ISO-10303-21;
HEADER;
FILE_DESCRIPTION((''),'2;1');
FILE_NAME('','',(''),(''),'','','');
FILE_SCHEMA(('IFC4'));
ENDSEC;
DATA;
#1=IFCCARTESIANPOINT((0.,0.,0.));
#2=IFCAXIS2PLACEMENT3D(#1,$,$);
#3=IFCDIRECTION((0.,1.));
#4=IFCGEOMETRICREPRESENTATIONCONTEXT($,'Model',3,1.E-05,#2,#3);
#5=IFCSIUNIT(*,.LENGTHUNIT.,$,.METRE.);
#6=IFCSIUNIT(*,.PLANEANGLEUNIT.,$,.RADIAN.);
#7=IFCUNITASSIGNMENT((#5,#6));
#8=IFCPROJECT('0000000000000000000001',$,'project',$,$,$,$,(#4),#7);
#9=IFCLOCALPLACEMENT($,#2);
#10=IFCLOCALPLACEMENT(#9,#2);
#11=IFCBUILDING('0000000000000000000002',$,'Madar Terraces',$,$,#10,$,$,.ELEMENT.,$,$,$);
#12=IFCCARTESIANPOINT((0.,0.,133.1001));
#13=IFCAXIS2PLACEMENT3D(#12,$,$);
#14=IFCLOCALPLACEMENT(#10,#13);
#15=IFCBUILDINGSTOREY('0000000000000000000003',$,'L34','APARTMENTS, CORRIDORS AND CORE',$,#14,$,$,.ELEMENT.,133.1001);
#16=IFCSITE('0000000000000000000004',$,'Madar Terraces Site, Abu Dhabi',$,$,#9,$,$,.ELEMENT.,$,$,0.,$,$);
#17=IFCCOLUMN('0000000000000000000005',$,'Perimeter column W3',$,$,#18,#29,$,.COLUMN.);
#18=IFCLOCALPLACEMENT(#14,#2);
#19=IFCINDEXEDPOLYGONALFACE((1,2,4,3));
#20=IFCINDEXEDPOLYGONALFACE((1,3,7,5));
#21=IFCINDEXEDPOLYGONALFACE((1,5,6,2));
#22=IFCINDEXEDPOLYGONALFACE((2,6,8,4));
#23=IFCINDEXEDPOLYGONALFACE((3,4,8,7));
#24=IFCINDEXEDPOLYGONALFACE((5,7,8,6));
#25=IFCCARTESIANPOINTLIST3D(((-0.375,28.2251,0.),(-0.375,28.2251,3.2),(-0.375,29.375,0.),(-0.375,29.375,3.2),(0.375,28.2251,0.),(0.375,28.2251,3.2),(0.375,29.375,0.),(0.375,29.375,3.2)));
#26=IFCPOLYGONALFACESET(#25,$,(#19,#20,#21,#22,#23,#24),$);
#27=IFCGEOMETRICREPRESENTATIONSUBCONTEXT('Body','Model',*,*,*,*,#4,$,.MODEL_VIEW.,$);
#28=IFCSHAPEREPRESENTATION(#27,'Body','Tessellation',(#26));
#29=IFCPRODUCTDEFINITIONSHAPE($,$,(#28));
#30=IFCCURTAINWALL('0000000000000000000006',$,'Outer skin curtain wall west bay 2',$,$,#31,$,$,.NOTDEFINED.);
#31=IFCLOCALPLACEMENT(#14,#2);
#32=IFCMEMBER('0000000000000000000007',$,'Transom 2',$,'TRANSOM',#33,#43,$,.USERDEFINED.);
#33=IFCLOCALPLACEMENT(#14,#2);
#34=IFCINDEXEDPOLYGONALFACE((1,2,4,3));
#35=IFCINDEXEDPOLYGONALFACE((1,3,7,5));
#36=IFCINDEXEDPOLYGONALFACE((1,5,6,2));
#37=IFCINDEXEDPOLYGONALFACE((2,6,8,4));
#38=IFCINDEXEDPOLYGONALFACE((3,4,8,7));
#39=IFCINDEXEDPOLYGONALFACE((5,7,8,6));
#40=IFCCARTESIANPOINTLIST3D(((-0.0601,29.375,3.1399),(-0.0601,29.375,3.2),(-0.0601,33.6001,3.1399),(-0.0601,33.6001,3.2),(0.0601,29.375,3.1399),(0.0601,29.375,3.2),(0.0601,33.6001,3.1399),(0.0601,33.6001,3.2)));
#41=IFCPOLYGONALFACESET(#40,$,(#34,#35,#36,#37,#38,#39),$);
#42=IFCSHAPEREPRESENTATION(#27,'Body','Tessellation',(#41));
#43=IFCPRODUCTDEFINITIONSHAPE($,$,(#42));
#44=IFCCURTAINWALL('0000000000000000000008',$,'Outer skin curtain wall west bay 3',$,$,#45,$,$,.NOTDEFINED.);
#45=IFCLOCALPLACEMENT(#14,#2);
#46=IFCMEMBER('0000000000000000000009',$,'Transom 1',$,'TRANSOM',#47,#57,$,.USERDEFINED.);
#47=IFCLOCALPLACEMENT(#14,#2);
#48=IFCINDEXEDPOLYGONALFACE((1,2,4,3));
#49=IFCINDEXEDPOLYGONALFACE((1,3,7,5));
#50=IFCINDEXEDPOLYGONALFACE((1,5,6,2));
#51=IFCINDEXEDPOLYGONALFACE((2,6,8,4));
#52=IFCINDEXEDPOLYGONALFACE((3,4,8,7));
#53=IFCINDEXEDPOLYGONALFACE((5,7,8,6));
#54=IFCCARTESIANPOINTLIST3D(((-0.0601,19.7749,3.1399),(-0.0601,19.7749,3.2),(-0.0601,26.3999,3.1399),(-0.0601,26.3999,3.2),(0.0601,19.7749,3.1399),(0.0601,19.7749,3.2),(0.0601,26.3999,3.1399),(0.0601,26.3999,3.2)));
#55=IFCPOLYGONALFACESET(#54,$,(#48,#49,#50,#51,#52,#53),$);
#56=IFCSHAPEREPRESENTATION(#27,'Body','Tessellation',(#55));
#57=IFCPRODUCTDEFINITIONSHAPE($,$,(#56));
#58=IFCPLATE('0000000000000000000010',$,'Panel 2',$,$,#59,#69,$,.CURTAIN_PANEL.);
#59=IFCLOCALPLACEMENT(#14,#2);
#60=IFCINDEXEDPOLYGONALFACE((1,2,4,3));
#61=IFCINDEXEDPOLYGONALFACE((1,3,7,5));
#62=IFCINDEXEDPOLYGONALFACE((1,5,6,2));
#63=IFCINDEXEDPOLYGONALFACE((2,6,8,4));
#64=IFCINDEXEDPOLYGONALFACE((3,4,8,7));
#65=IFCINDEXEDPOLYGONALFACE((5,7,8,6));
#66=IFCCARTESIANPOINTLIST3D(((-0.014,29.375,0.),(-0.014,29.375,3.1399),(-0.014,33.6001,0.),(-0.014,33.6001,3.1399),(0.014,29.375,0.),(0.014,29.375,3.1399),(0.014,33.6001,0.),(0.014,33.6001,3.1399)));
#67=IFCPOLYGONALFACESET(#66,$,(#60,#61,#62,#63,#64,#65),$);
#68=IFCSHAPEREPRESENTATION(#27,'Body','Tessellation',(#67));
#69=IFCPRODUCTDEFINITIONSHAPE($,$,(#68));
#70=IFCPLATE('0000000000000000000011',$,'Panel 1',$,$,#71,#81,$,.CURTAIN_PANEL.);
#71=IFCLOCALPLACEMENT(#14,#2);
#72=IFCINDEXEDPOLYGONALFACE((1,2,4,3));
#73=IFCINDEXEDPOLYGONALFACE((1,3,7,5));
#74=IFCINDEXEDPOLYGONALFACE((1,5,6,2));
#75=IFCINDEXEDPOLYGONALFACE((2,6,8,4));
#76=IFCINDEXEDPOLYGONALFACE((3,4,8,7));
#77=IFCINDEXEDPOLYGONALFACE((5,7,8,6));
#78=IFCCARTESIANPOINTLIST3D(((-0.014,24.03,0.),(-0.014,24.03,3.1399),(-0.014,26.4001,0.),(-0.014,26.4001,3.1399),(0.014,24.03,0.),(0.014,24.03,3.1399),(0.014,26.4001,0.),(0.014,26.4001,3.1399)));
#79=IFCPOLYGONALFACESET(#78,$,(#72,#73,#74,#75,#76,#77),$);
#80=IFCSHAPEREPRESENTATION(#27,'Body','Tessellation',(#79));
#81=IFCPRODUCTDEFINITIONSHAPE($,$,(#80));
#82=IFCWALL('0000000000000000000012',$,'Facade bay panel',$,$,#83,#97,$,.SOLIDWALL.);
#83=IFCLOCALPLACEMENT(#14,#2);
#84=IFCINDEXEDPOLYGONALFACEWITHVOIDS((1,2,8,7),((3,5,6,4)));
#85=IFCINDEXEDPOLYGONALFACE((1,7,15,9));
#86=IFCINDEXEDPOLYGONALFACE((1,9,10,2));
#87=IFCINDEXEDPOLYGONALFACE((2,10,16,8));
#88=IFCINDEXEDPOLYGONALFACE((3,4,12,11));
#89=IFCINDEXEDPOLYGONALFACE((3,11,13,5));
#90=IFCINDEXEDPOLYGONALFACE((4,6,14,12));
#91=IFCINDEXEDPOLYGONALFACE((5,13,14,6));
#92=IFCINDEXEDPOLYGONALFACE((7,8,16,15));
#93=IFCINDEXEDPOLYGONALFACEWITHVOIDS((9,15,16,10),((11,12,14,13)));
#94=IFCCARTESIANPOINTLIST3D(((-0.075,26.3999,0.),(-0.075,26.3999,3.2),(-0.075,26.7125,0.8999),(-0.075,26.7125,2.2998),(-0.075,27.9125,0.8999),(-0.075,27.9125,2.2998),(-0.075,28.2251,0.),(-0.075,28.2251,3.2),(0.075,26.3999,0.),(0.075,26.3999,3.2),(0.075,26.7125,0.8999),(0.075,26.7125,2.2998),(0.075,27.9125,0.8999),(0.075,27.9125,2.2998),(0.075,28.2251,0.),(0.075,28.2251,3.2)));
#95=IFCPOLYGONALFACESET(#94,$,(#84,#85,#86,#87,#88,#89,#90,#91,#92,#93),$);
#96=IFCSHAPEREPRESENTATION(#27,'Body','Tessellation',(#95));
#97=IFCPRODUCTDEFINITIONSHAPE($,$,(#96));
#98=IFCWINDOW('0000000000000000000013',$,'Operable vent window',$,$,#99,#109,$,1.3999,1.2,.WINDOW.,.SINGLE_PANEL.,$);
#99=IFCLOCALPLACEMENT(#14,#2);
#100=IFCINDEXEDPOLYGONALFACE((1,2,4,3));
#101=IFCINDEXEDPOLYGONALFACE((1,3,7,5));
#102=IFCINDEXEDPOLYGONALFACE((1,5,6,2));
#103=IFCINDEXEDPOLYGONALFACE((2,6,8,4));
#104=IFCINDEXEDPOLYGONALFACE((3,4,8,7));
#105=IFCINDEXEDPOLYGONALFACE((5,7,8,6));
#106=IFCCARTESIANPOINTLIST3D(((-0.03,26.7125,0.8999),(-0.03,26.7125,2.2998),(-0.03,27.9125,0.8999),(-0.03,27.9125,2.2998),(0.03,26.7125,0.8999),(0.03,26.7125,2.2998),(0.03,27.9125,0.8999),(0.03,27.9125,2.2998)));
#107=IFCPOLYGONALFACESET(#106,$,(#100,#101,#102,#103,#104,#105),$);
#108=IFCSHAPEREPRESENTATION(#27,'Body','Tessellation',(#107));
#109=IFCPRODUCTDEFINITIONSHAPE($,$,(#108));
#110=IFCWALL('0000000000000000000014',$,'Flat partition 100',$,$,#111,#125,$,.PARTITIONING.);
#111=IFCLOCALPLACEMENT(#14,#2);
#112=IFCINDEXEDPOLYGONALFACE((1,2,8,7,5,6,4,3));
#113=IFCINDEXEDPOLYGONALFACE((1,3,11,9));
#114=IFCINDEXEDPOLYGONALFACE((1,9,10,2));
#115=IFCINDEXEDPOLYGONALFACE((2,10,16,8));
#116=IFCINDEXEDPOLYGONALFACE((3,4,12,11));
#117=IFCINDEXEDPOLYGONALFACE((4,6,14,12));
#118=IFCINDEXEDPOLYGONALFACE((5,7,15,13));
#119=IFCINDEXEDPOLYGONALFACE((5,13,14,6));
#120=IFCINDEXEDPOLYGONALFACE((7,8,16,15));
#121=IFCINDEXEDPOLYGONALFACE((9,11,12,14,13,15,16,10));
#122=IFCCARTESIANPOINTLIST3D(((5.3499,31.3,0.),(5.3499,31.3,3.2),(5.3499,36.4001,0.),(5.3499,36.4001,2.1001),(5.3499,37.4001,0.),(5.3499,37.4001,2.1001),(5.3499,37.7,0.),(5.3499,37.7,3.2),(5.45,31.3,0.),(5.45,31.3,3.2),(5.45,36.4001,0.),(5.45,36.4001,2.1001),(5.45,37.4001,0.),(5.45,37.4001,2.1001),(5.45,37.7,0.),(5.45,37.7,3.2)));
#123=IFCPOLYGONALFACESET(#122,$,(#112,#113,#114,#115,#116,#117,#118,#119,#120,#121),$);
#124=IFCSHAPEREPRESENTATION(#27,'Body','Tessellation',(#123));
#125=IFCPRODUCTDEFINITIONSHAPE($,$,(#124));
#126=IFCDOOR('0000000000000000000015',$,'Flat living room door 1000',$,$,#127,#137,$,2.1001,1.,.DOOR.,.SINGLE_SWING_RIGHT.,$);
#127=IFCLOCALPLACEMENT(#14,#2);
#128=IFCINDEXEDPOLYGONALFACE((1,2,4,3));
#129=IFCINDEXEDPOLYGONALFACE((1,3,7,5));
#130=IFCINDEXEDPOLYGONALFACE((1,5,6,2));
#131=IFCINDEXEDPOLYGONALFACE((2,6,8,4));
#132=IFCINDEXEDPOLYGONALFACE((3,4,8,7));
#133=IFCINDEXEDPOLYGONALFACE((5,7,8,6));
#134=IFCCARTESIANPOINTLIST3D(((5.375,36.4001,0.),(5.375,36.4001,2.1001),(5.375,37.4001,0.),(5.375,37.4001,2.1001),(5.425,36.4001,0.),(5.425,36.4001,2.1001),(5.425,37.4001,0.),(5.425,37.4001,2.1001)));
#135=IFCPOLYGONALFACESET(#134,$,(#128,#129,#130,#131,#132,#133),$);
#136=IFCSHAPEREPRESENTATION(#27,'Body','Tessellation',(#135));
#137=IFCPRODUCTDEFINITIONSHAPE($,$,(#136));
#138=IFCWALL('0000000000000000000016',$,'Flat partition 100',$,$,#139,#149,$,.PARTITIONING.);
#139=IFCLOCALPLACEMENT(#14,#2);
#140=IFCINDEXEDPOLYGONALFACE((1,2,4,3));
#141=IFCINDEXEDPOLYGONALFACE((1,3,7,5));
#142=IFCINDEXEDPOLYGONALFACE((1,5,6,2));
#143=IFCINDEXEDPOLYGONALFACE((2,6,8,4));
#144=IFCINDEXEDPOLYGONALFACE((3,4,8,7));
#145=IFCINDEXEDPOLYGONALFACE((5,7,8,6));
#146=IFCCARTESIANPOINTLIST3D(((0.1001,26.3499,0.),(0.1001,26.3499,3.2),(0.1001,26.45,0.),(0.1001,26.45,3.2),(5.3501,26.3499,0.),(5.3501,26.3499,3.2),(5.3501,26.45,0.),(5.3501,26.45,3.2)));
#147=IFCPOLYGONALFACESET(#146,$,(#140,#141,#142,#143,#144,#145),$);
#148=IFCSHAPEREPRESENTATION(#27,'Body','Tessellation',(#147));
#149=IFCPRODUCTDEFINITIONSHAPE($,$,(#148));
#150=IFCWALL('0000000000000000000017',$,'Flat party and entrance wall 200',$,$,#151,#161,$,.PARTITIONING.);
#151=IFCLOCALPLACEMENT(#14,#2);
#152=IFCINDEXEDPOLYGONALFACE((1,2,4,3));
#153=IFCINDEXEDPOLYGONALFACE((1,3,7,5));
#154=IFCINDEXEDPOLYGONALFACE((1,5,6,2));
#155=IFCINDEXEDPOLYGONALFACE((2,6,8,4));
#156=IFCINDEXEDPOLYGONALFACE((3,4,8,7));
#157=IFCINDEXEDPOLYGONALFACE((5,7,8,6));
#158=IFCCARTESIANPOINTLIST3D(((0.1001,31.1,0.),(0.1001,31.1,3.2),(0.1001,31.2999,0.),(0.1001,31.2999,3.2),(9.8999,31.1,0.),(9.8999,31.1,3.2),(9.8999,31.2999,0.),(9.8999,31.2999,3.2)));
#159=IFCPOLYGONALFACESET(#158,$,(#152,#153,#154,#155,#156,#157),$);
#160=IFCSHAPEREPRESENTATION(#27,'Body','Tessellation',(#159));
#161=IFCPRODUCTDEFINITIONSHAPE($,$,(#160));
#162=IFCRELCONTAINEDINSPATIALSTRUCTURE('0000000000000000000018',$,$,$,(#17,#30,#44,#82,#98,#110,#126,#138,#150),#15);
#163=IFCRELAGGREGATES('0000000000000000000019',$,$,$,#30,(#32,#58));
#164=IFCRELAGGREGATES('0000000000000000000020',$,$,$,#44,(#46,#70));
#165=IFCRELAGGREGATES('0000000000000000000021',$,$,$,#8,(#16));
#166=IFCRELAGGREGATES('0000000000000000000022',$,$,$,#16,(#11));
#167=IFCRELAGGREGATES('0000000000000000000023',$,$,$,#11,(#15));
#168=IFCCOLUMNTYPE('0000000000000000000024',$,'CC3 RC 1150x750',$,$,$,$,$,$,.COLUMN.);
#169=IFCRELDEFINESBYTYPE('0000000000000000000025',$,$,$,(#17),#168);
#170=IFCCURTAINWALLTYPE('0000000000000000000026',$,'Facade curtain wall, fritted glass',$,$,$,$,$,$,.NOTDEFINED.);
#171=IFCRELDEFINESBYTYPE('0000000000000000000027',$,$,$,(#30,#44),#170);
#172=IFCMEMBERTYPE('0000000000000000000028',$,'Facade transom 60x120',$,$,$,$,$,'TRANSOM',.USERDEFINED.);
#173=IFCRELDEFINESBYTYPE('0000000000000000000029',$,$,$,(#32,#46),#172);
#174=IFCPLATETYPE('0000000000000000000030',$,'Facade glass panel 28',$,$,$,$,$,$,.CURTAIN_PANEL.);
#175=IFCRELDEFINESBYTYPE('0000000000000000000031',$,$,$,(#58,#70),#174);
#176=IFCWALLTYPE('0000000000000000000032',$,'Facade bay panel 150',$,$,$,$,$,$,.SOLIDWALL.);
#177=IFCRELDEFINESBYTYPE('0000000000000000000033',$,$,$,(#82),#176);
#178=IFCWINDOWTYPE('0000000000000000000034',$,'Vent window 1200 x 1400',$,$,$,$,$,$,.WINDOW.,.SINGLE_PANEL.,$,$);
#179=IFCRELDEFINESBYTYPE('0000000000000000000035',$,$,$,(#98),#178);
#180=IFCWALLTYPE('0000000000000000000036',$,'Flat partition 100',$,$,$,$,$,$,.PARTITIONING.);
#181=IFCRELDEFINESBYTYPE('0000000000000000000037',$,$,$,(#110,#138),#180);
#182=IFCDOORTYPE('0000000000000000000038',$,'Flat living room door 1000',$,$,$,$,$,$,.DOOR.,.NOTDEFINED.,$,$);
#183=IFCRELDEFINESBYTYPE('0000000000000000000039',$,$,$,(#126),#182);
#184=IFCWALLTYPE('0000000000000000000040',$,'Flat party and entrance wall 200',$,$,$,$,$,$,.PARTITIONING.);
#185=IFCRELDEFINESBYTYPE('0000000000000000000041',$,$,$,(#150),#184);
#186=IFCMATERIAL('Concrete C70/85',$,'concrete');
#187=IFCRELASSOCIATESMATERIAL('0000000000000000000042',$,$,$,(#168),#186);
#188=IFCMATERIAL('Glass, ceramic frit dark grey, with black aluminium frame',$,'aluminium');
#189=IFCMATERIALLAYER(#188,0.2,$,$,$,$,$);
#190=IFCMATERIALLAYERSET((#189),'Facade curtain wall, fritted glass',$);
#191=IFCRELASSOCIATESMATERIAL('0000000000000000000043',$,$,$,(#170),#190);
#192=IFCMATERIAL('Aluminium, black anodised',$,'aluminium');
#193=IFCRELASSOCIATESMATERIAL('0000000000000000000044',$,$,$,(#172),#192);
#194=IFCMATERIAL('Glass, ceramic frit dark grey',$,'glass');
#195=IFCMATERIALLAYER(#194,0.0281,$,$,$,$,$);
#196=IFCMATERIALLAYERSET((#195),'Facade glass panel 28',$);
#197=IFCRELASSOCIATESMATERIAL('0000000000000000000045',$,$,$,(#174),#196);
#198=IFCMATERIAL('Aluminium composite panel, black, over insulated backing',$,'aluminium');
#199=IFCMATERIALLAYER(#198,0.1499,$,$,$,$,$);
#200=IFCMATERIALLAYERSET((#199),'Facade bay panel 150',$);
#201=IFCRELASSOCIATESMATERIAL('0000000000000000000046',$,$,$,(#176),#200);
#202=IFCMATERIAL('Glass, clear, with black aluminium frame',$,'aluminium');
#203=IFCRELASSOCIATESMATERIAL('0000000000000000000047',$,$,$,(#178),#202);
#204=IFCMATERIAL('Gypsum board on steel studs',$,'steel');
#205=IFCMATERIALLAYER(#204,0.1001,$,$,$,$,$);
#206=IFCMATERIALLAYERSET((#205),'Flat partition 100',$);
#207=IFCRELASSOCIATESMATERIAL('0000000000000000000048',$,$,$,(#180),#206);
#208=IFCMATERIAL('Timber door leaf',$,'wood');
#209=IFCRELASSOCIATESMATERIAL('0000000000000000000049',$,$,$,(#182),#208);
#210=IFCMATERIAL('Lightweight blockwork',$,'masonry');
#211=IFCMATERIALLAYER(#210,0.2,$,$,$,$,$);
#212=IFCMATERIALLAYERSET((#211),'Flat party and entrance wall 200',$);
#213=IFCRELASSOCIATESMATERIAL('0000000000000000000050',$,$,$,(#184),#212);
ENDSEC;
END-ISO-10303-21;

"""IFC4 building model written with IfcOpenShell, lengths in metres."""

from ifc_helpers import new_model, si_unit, direction, frame, frame_2d, origin, origin_2d, place, context, subcontext, project, spatial, rectangle, extrude, material, layer, layer_set, material_profile, profile_set, type_object, element, fill, aggregate, save


model = new_model("IFC4")

# Units and contexts
model_context = context("Model", 3, precision=1e-05, world=origin(), true_north=direction((0.0, 1.0)))
body_context = subcontext(model_context, "Body", "Model", "MODEL_VIEW")
ifc_project = project(units=[si_unit("LENGTHUNIT", "METRE"), si_unit("PLANEANGLEUNIT", "RADIAN")], contexts=[model_context])

# Site, building, storey
site_placement = place(None, origin())
site = spatial("IfcSite", under=ifc_project, at=site_placement, Name="Madar Terraces Site, Abu Dhabi", CompositionType="ELEMENT", RefElevation=0.0)
building_placement = place(site_placement, origin())
building = spatial("IfcBuilding", under=site, at=building_placement, Name="Madar Terraces", CompositionType="ELEMENT")
storey_placement = place(building_placement, frame((0.0, 0.0, 133.1001)))
storey = spatial("IfcBuildingStorey", under=building, at=storey_placement, Name="L34", Description="APARTMENTS, CORRIDORS AND CORE", CompositionType="ELEMENT", Elevation=133.1001)

# Column
ifc_material_1 = material(Name="Concrete C70/85", Category="concrete")
ifc_material_profile_1 = material_profile(ifc_material_1, rectangle(XDim=1.1499, YDim=0.75, at=origin_2d()), Name="CC3 RC 1150x750")
ifc_profile_set_1 = profile_set([ifc_material_profile_1], Name="Concrete C70/85")
column_type = type_object("IfcColumnType", Name="CC3 RC 1150x750", PredefinedType="COLUMN", material=ifc_profile_set_1)
column_placement = place(storey_placement, frame((0.0, 28.8, 0.0), z_axis=(0.0, 0.0, 1.0), x_axis=(0.0, 1.0, 0.0)))
element("IfcColumn", 1, at=column_placement, inside=storey, type_object=column_type, Name="Perimeter column W3", PredefinedType="COLUMN", context=body_context, shape_type="SweptSolid", body=[
    extrude(rectangle(XDim=1.1499, YDim=0.75, at=origin_2d()), origin(), (0.0, 0.0, 1.0), 3.2),
])

# Curtain walls, members
ifc_material_2 = material(Name="Glass, ceramic frit dark grey, with black aluminium frame", Category="aluminium")
ifc_layer_1 = layer(ifc_material_2, 0.2)
ifc_layer_set_1 = layer_set([ifc_layer_1], Name="Facade curtain wall, fritted glass")
curtain_wall_type = type_object("IfcCurtainWallType", Name="Facade curtain wall, fritted glass", PredefinedType="NOTDEFINED", material=ifc_layer_set_1)
curtain_wall_1_placement = place(storey_placement, origin())
curtain_wall_1 = element("IfcCurtainWall", 2, at=curtain_wall_1_placement, inside=storey, type_object=curtain_wall_type, Name="Outer skin curtain wall west bay 2", PredefinedType="NOTDEFINED")
ifc_material_3 = material(Name="Aluminium, black anodised", Category="aluminium")
ifc_material_profile_2 = material_profile(ifc_material_3, rectangle(XDim=0.1201, YDim=0.0601, at=origin_2d()), Name="Facade transom 60x120")
ifc_profile_set_2 = profile_set([ifc_material_profile_2], Name="Aluminium, black anodised")
member_type = type_object("IfcMemberType", Name="Facade transom 60x120", ElementType="TRANSOM", PredefinedType="USERDEFINED", material=ifc_profile_set_2)
member_1_placement = place(storey_placement, frame((0.0, 33.6001, 3.1699), z_axis=(0.0, -1.0, 0.0), x_axis=(1.0, 0.0, 0.0)))
member_1 = element("IfcMember", 3, at=member_1_placement, type_object=member_type, Name="Transom 2", ObjectType="TRANSOM", PredefinedType="USERDEFINED", context=body_context, shape_type="SweptSolid", body=[
    extrude(rectangle(XDim=0.1201, YDim=0.0601, at=origin_2d()), origin(), (0.0, 0.0, 1.0), 4.2251),
])
curtain_wall_2_placement = place(storey_placement, origin())
curtain_wall_2 = element("IfcCurtainWall", 4, at=curtain_wall_2_placement, inside=storey, type_object=curtain_wall_type, Name="Outer skin curtain wall west bay 3", PredefinedType="NOTDEFINED")
member_2_placement = place(storey_placement, frame((0.0, 26.3999, 3.1699), z_axis=(0.0, -1.0, 0.0), x_axis=(1.0, 0.0, 0.0)))
member_2 = element("IfcMember", 5, at=member_2_placement, type_object=member_type, Name="Transom 1", ObjectType="TRANSOM", PredefinedType="USERDEFINED", context=body_context, shape_type="SweptSolid", body=[
    extrude(rectangle(XDim=0.1201, YDim=0.0601, at=origin_2d()), origin(), (0.0, 0.0, 1.0), 6.625),
])

# Plates
ifc_material_4 = material(Name="Glass, ceramic frit dark grey", Category="glass")
ifc_layer_2 = layer(ifc_material_4, 0.0281)
ifc_layer_set_2 = layer_set([ifc_layer_2], Name="Facade glass panel 28")
plate_type = type_object("IfcPlateType", Name="Facade glass panel 28", PredefinedType="CURTAIN_PANEL", material=ifc_layer_set_2)
plate_1_placement = place(storey_placement, frame((0.0, 31.4875, 0.0), z_axis=(0.0, 0.0, 1.0), x_axis=(0.0, -1.0, 0.0)))
plate_1 = element("IfcPlate", 6, at=plate_1_placement, type_object=plate_type, Name="Panel 2", PredefinedType="CURTAIN_PANEL", context=body_context, shape_type="SweptSolid", body=[
    extrude(rectangle(XDim=4.2251, YDim=0.0281, at=origin_2d()), origin(), (0.0, 0.0, 1.0), 3.1399),
])
aggregate(curtain_wall_1, [member_1, plate_1])
plate_2_placement = place(storey_placement, frame((0.0, 25.2151, 0.0), z_axis=(0.0, 0.0, 1.0), x_axis=(0.0, -1.0, 0.0)))
plate_2 = element("IfcPlate", 7, at=plate_2_placement, type_object=plate_type, Name="Panel 1", PredefinedType="CURTAIN_PANEL", context=body_context, shape_type="SweptSolid", body=[
    extrude(rectangle(XDim=2.3701, YDim=0.0281, at=origin_2d()), origin(), (0.0, 0.0, 1.0), 3.1399),
])
aggregate(curtain_wall_2, [member_2, plate_2])

# Wall, opening, window
ifc_material_5 = material(Name="Aluminium composite panel, black, over insulated backing", Category="aluminium")
ifc_layer_3 = layer(ifc_material_5, 0.1499)
ifc_layer_set_3 = layer_set([ifc_layer_3], Name="Facade bay panel 150")
wall_type_1 = type_object("IfcWallType", Name="Facade bay panel 150", PredefinedType="SOLIDWALL", material=ifc_layer_set_3)
wall_1_placement = place(storey_placement, frame((0.0, 28.2251, 0.0), z_axis=(0.0, 0.0, 1.0), x_axis=(0.0, -1.0, 0.0)))
wall_1 = element("IfcWall", 8, at=wall_1_placement, inside=storey, type_object=wall_type_1, Name="Facade bay panel", PredefinedType="SOLIDWALL", context=body_context, shape_type="SweptSolid", body=[
    extrude(rectangle(XDim=1.8252, YDim=0.1499, at=frame_2d((0.9126, 0.0))), origin(), (0.0, 0.0, 1.0), 3.2),
])
opening_1_placement = place(wall_1_placement, frame((0.3125, 0.0, 0.8999)))
opening_1 = element("IfcOpeningElement", 9, at=opening_1_placement, cuts=wall_1, PredefinedType="OPENING", context=body_context, shape_type="SweptSolid", body=[
    extrude(rectangle(XDim=1.2, YDim=1.3999, at=frame_2d((0.6001, 0.7))), frame((0.0, 0.085, 0.0), z_axis=(0.0, -1.0, 0.0), x_axis=(1.0, 0.0, 0.0)), (0.0, 0.0, 1.0), 0.1699),
])
ifc_material_6 = material(Name="Glass, clear, with black aluminium frame", Category="aluminium")
window_type = type_object("IfcWindowType", Name="Vent window 1200 x 1400", PartitioningType="SINGLE_PANEL", PredefinedType="WINDOW", material=ifc_material_6)
window_placement = place(opening_1_placement, origin())
window = element("IfcWindow", 10, at=window_placement, inside=storey, type_object=window_type, Name="Operable vent window", OverallHeight=1.3999, OverallWidth=1.2, PartitioningType="SINGLE_PANEL", PredefinedType="WINDOW", context=body_context, shape_type="SweptSolid", body=[
    extrude(rectangle(XDim=1.2, YDim=1.3999, at=frame_2d((0.6001, 0.7))), frame((0.0, 0.03, 0.0), z_axis=(0.0, -1.0, 0.0), x_axis=(1.0, 0.0, 0.0)), (0.0, 0.0, 1.0), 0.0601),
])
fill(opening_1, window)

# Wall, opening, door
ifc_material_7 = material(Name="Gypsum board on steel studs", Category="steel")
ifc_layer_4 = layer(ifc_material_7, 0.1001)
ifc_layer_set_4 = layer_set([ifc_layer_4], Name="Flat partition 100")
wall_type_2 = type_object("IfcWallType", Name="Flat partition 100", PredefinedType="PARTITIONING", material=ifc_layer_set_4)
wall_2_placement = place(storey_placement, frame((5.3999, 31.3, 0.0), z_axis=(0.0, 0.0, 1.0), x_axis=(0.0, 1.0, 0.0)))
wall_2 = element("IfcWall", 11, at=wall_2_placement, inside=storey, type_object=wall_type_2, Name="Flat partition 100", PredefinedType="PARTITIONING", context=body_context, shape_type="SweptSolid", body=[
    extrude(rectangle(XDim=6.3999, YDim=0.1001, at=frame_2d((3.2, 0.0))), origin(), (0.0, 0.0, 1.0), 3.2),
])
opening_2_placement = place(wall_2_placement, frame((5.1001, 0.0, 0.0)))
opening_2 = element("IfcOpeningElement", 12, at=opening_2_placement, cuts=wall_2, PredefinedType="OPENING", context=body_context, shape_type="SweptSolid", body=[
    extrude(rectangle(XDim=1.0, YDim=2.1001, at=frame_2d((0.5, 1.05))), frame((0.0, 0.0601, 0.0), z_axis=(0.0, -1.0, 0.0), x_axis=(1.0, 0.0, 0.0)), (0.0, 0.0, 1.0), 0.1201),
])
ifc_material_8 = material(Name="Timber door leaf", Category="wood")
door_type_1 = type_object("IfcDoorType", Name="Flat living room door 1000", OperationType="NOTDEFINED", PredefinedType="DOOR", material=ifc_material_8)
door_1_placement = place(opening_2_placement, origin())
door_1 = element("IfcDoor", 13, at=door_1_placement, inside=storey, type_object=door_type_1, Name="Flat living room door 1000", OperationType="SINGLE_SWING_RIGHT", OverallHeight=2.1001, OverallWidth=1.0, PredefinedType="DOOR", context=body_context, shape_type="SweptSolid", body=[
    extrude(rectangle(XDim=1.0, YDim=2.1001, at=frame_2d((0.5, 1.05))), frame((0.0, 0.0249, 0.0), z_axis=(0.0, -1.0, 0.0), x_axis=(1.0, 0.0, 0.0)), (0.0, 0.0, 1.0), 0.05),
])
fill(opening_2, door_1)

# Walls
wall_3_placement = place(storey_placement, frame((5.3501, 26.3999, 0.0), z_axis=(0.0, 0.0, 1.0), x_axis=(-1.0, 0.0, 0.0)))
element("IfcWall", 14, at=wall_3_placement, inside=storey, type_object=wall_type_2, Name="Flat partition 100", PredefinedType="PARTITIONING", context=body_context, shape_type="SweptSolid", body=[
    extrude(rectangle(XDim=5.25, YDim=0.1001, at=frame_2d((2.625, 0.0))), origin(), (0.0, 0.0, 1.0), 3.2),
])
ifc_material_9 = material(Name="Lightweight blockwork", Category="masonry")
ifc_layer_5 = layer(ifc_material_9, 0.2)
ifc_layer_set_5 = layer_set([ifc_layer_5], Name="Flat party and entrance wall 200")
wall_type_3 = type_object("IfcWallType", Name="Flat party and entrance wall 200", PredefinedType="PARTITIONING", material=ifc_layer_set_5)
wall_4_placement = place(storey_placement, frame((0.1001, 31.2, 0.0), z_axis=(0.0, 0.0, 1.0), x_axis=(1.0, 0.0, 0.0)))
element("IfcWall", 15, at=wall_4_placement, inside=storey, type_object=wall_type_3, Name="Flat party and entrance wall 200", PredefinedType="PARTITIONING", context=body_context, shape_type="SweptSolid", body=[
    extrude(rectangle(XDim=9.7998, YDim=0.2, at=frame_2d((4.8999, 0.0))), origin(), (0.0, 0.0, 1.0), 3.2),
])

save(model, "model.ifc")
